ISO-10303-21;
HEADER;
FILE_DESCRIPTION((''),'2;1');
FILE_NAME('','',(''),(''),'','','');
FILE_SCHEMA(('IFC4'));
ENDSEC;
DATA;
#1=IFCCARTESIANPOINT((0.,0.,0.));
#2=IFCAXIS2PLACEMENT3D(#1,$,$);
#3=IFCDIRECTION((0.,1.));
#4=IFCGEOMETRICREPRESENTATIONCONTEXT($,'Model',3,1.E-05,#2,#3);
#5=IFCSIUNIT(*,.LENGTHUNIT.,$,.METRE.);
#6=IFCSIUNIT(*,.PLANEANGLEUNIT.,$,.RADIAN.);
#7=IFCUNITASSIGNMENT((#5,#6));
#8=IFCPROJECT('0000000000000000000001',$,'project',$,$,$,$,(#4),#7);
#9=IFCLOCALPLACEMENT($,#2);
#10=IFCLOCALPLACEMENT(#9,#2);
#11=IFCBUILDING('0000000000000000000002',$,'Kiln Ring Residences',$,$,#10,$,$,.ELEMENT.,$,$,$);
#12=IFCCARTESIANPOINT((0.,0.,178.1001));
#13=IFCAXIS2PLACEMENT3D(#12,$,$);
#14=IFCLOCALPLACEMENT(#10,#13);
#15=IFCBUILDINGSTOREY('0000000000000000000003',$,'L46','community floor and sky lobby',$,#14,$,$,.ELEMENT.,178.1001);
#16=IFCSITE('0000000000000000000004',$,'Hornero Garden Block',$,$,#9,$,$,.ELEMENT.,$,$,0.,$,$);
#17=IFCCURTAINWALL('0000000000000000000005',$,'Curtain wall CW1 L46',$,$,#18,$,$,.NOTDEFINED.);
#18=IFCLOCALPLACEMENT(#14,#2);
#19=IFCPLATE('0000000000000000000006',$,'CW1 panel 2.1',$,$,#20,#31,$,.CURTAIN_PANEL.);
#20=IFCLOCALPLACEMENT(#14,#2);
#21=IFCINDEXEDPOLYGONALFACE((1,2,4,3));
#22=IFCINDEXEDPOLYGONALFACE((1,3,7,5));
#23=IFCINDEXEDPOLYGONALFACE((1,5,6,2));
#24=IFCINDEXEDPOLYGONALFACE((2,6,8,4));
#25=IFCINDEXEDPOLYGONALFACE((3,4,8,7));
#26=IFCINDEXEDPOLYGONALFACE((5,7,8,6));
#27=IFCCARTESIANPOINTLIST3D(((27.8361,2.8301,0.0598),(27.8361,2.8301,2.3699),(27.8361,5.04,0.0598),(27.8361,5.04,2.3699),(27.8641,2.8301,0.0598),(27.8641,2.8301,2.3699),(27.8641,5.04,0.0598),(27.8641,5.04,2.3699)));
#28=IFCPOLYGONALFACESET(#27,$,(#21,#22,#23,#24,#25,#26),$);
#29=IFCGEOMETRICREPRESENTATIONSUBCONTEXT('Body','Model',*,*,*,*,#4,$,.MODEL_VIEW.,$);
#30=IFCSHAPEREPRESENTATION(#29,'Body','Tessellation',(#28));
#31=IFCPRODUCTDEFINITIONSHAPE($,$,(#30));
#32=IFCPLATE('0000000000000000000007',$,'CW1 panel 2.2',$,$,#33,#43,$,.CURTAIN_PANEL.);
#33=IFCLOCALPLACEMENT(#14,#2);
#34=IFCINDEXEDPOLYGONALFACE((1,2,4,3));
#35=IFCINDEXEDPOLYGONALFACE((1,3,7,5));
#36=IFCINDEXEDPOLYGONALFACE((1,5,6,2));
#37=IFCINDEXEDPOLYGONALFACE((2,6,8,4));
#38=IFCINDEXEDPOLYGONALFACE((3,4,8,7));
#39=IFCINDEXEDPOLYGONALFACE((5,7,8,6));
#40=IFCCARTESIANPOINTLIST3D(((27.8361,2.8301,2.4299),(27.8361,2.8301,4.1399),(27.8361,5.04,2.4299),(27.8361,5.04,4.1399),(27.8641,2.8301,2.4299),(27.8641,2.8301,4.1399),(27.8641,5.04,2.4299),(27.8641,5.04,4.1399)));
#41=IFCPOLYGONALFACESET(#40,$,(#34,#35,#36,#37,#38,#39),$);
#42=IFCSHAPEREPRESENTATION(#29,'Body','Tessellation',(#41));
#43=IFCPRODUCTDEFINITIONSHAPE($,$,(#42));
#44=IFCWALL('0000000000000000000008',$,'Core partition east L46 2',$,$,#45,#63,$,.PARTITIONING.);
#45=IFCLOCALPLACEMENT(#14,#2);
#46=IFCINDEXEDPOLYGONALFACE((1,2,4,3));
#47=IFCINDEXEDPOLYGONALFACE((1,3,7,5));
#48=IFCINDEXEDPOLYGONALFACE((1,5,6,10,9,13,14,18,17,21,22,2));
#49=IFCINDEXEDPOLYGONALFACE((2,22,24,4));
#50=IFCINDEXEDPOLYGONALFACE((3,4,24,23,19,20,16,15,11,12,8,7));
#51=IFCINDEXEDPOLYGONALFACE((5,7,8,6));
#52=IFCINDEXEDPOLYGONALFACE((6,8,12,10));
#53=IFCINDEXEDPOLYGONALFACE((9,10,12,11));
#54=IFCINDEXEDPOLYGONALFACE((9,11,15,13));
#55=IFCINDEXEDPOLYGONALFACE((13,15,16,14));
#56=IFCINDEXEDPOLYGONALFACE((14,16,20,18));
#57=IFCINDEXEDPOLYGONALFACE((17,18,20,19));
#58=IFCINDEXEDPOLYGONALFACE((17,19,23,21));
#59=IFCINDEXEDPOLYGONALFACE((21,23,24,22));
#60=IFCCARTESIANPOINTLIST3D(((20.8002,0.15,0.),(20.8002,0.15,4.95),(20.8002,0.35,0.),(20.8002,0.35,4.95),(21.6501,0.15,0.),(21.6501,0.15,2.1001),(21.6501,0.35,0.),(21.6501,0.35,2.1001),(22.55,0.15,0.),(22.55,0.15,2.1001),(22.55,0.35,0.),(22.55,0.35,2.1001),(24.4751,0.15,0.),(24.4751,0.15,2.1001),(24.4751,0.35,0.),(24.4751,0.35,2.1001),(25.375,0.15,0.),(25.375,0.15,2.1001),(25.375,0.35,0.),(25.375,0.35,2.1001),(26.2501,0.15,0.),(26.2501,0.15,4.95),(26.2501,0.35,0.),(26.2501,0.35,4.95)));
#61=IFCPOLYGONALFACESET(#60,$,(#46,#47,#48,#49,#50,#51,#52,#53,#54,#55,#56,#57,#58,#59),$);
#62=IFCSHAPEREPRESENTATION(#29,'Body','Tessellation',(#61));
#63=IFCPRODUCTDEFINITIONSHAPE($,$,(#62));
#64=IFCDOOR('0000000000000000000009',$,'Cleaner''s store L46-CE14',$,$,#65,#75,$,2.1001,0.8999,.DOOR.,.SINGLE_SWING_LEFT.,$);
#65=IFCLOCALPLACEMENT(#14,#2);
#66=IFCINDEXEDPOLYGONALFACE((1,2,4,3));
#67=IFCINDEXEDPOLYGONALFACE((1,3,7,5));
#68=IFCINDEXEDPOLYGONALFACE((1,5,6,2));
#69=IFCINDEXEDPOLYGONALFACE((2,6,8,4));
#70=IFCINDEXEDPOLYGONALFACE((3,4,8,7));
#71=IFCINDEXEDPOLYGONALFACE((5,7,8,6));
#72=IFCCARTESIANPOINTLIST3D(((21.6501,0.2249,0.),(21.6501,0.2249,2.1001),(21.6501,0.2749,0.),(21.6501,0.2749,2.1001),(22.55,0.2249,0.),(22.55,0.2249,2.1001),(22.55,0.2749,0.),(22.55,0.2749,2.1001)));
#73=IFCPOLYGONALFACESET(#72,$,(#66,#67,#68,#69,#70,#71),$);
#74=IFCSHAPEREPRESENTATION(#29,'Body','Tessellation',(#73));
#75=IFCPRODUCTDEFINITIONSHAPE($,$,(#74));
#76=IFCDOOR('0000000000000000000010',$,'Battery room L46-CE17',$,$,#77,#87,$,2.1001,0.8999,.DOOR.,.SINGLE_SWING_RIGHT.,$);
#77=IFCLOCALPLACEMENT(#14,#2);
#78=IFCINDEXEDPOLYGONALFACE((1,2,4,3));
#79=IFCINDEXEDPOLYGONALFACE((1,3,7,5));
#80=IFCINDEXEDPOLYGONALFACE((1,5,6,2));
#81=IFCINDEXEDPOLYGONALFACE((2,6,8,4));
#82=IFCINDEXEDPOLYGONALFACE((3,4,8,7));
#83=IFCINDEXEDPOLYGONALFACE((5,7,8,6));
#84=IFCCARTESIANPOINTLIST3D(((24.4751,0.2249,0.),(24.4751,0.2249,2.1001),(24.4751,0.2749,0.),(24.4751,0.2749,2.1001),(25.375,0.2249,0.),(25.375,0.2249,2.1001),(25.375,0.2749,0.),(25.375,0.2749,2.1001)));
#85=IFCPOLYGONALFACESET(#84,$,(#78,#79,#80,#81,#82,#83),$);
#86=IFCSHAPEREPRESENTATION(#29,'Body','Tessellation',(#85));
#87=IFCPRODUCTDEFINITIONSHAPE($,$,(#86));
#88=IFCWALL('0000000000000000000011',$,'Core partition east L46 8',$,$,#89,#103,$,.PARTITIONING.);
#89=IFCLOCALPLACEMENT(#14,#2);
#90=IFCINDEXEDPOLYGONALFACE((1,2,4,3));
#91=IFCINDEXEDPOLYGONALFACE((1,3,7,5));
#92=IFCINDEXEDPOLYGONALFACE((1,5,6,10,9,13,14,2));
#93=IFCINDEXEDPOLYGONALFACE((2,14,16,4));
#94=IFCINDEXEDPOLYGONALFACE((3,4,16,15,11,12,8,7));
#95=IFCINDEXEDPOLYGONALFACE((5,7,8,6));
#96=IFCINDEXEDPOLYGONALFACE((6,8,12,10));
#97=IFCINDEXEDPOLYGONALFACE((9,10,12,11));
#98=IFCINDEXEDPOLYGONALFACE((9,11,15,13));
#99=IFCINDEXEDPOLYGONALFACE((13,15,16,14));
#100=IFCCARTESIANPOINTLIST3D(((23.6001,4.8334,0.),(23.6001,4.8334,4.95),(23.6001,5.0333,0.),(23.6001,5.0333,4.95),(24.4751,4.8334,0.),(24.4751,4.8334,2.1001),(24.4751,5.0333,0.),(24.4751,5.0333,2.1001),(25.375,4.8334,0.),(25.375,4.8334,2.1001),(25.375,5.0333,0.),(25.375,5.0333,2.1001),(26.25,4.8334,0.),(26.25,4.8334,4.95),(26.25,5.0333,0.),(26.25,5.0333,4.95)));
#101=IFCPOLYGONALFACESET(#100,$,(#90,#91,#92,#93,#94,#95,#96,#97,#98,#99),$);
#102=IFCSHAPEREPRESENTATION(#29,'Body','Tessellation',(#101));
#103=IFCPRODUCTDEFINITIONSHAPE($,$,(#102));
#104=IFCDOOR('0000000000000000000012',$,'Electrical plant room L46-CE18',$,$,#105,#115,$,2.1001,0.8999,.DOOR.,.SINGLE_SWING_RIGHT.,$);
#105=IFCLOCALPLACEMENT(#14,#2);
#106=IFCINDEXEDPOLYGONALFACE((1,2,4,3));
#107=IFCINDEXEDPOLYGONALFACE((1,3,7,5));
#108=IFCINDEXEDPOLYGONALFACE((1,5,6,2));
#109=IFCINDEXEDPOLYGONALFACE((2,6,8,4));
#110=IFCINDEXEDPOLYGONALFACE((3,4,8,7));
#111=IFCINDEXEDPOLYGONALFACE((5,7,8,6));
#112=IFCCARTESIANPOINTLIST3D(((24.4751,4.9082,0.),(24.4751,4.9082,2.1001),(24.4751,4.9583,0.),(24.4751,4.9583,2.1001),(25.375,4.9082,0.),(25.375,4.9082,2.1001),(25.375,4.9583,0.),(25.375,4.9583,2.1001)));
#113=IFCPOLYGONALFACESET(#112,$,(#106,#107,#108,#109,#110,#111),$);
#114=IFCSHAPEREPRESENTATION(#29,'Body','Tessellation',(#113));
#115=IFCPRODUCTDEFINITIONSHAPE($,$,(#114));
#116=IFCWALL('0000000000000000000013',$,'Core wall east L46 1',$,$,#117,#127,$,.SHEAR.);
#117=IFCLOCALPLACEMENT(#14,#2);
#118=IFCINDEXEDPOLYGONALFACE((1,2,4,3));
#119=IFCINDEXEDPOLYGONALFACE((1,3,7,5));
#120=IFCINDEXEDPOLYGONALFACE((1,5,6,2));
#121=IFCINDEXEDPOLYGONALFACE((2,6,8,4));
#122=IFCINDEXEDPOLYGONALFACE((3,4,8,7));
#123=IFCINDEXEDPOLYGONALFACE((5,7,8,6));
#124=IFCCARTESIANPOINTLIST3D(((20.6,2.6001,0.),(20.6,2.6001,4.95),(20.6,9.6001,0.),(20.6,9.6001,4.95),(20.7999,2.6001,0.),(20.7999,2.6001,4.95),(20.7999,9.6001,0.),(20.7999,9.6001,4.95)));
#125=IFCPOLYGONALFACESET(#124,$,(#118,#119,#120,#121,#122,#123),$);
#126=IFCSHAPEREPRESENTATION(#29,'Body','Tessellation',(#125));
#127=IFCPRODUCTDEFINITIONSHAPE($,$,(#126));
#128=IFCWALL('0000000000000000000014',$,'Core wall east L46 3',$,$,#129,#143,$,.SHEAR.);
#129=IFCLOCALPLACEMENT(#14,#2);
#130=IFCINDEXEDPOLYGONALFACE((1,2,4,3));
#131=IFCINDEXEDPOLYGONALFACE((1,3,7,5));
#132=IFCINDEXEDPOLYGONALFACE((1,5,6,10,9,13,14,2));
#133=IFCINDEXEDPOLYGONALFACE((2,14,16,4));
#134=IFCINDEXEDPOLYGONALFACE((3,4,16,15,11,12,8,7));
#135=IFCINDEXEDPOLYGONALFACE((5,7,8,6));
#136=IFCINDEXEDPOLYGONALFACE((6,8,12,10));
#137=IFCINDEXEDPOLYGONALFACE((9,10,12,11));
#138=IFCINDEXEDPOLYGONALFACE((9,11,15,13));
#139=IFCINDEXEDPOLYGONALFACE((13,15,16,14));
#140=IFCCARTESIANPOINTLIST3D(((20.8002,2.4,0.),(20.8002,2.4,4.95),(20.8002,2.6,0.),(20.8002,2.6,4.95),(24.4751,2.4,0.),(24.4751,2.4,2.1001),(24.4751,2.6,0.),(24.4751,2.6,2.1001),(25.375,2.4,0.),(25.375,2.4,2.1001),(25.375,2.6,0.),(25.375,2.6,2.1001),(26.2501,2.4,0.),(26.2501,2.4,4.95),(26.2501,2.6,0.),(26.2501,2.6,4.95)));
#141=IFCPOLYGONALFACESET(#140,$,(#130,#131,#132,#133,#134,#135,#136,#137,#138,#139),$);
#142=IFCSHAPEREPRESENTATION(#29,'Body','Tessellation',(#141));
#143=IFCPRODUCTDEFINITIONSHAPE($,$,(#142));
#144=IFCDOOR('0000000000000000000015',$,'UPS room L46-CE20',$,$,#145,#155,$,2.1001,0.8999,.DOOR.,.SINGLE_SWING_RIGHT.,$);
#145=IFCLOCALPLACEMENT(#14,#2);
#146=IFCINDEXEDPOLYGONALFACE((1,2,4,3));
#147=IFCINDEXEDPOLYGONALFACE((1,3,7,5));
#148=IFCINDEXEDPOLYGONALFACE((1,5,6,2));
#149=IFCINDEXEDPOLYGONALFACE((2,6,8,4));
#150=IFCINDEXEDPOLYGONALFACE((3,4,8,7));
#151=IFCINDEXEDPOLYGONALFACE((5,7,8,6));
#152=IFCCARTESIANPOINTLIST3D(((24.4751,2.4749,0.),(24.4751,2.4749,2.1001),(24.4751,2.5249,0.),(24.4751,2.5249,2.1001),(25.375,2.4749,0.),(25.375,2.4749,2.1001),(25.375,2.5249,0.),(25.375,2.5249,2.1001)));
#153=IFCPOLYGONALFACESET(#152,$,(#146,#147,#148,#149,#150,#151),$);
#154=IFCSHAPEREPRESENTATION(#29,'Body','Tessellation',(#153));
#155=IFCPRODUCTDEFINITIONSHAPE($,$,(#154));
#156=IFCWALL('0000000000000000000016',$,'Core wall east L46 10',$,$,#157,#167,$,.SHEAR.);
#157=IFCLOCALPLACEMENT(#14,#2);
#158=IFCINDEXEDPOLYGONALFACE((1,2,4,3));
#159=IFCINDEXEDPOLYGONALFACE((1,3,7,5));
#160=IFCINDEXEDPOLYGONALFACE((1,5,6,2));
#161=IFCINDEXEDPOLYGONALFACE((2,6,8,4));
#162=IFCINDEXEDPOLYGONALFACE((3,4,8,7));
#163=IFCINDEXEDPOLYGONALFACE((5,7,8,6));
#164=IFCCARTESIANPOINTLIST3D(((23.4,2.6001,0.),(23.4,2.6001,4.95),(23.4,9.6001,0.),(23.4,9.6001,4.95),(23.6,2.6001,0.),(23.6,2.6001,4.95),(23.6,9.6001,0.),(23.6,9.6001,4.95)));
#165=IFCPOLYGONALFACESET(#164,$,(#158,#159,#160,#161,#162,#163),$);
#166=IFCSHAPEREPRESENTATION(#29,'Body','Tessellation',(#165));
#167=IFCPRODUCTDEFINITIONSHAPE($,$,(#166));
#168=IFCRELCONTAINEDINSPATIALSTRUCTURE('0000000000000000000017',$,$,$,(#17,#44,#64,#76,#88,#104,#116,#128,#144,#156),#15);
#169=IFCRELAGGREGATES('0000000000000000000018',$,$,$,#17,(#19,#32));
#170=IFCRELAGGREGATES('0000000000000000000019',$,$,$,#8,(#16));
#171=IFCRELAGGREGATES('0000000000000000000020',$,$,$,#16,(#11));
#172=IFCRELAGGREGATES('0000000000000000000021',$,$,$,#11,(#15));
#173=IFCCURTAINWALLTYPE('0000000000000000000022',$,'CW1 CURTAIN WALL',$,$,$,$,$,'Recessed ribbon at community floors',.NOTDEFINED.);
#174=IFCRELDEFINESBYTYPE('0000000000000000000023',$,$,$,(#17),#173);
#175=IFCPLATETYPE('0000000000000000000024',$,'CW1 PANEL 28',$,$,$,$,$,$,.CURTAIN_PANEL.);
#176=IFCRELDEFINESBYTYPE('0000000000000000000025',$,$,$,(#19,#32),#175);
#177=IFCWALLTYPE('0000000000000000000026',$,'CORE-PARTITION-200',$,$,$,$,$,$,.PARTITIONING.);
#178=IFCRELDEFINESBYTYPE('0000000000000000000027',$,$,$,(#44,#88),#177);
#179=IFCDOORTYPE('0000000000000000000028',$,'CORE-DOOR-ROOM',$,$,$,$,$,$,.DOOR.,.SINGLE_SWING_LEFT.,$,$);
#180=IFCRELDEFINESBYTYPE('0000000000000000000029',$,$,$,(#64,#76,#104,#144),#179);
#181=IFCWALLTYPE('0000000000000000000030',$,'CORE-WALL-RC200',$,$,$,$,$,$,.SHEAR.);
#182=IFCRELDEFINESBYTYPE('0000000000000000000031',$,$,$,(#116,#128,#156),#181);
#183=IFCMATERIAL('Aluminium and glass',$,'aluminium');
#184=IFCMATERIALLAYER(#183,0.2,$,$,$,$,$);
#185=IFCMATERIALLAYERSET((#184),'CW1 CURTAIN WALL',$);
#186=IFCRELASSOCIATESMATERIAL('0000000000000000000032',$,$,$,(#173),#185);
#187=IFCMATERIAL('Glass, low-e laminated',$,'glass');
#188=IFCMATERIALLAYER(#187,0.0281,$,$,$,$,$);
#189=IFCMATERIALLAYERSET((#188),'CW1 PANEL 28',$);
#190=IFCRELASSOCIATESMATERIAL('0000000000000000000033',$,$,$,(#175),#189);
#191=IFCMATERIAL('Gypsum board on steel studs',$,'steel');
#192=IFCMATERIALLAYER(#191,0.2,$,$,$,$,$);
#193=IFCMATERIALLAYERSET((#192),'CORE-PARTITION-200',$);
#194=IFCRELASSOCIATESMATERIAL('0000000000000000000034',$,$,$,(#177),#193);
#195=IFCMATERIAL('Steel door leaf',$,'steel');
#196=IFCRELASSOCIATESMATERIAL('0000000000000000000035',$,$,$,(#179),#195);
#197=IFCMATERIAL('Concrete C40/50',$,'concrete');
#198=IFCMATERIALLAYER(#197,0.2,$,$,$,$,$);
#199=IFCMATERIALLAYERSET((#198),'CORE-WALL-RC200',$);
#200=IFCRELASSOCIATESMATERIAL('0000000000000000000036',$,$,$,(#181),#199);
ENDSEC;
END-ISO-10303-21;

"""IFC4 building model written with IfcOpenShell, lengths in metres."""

from ifc_helpers import new_model, si_unit, direction, frame, frame_2d, origin, origin_2d, place, context, subcontext, project, spatial, rectangle, extrude, material, layer, layer_set, type_object, element, fill, aggregate, save


model = new_model("IFC4")

# Units and contexts
model_context = context("Model", 3, precision=1e-05, world=origin(), true_north=direction((0.0, 1.0)))
body_context = subcontext(model_context, "Body", "Model", "MODEL_VIEW")
ifc_project = project(units=[si_unit("LENGTHUNIT", "METRE"), si_unit("PLANEANGLEUNIT", "RADIAN")], contexts=[model_context])

# Site, building, storey
site_placement = place(None, origin())
site = spatial("IfcSite", under=ifc_project, at=site_placement, Name="Hornero Garden Block", CompositionType="ELEMENT", RefElevation=0.0)
building_placement = place(site_placement, origin())
building = spatial("IfcBuilding", under=site, at=building_placement, Name="Kiln Ring Residences", CompositionType="ELEMENT")
storey_placement = place(building_placement, frame((0.0, 0.0, 178.1001)))
storey = spatial("IfcBuildingStorey", under=building, at=storey_placement, Name="L46", Description="community floor and sky lobby", CompositionType="ELEMENT", Elevation=178.1001)

# Curtain wall
ifc_material_1 = material(Name="Aluminium and glass", Category="aluminium")
ifc_layer_1 = layer(ifc_material_1, 0.2)
ifc_layer_set_1 = layer_set([ifc_layer_1], Name="CW1 CURTAIN WALL")
curtain_wall_type = type_object("IfcCurtainWallType", Name="CW1 CURTAIN WALL", ElementType="Recessed ribbon at community floors", PredefinedType="NOTDEFINED", material=ifc_layer_set_1)
placement = place(storey_placement, origin())
curtain_wall = element("IfcCurtainWall", 1, at=placement, inside=storey, type_object=curtain_wall_type, Name="Curtain wall CW1 L46", PredefinedType="NOTDEFINED")

# Plates
ifc_material_2 = material(Name="Glass, low-e laminated", Category="glass")
ifc_layer_2 = layer(ifc_material_2, 0.0281)
ifc_layer_set_2 = layer_set([ifc_layer_2], Name="CW1 PANEL 28")
plate_type = type_object("IfcPlateType", Name="CW1 PANEL 28", PredefinedType="CURTAIN_PANEL", material=ifc_layer_set_2)
plate_1_placement = place(storey_placement, frame((27.8501, 3.9351, 0.0598), z_axis=(0.0, 0.0, 1.0), x_axis=(0.0, 1.0, 0.0)))
plate_1 = element("IfcPlate", 2, at=plate_1_placement, type_object=plate_type, Name="CW1 panel 2.1", PredefinedType="CURTAIN_PANEL", context=body_context, shape_type="SweptSolid", body=[
    extrude(rectangle(XDim=2.21, YDim=0.0281, at=origin_2d()), origin(), (0.0, 0.0, 1.0), 2.3101),
])
plate_2_placement = place(storey_placement, frame((27.8501, 3.9351, 2.4299), z_axis=(0.0, 0.0, 1.0), x_axis=(0.0, 1.0, 0.0)))
plate_2 = element("IfcPlate", 3, at=plate_2_placement, type_object=plate_type, Name="CW1 panel 2.2", PredefinedType="CURTAIN_PANEL", context=body_context, shape_type="SweptSolid", body=[
    extrude(rectangle(XDim=2.21, YDim=0.0281, at=origin_2d()), origin(), (0.0, 0.0, 1.0), 1.71),
])
aggregate(curtain_wall, [plate_1, plate_2])

# Wall, openings, doors
ifc_material_3 = material(Name="Gypsum board on steel studs", Category="steel")
ifc_layer_3 = layer(ifc_material_3, 0.2)
ifc_layer_set_3 = layer_set([ifc_layer_3], Name="CORE-PARTITION-200")
wall_type_1 = type_object("IfcWallType", Name="CORE-PARTITION-200", PredefinedType="PARTITIONING", material=ifc_layer_set_3)
wall_1_placement = place(storey_placement, frame((20.8, 0.25, 0.0), z_axis=(0.0, 0.0, 1.0), x_axis=(1.0, 0.0, 0.0)))
wall_1 = element("IfcWall", 4, at=wall_1_placement, inside=storey, type_object=wall_type_1, Name="Core partition east L46 2", PredefinedType="PARTITIONING", context=body_context, shape_type="SweptSolid", body=[
    extrude(rectangle(XDim=5.45, YDim=0.2, at=frame_2d((2.7251, 0.0))), origin(), (0.0, 0.0, 1.0), 4.95),
])
opening_1_placement = place(wall_1_placement, frame((0.8501, 0.0, 0.0)))
opening_1 = element("IfcOpeningElement", 5, at=opening_1_placement, cuts=wall_1, PredefinedType="OPENING", context=body_context, shape_type="SweptSolid", body=[
    extrude(rectangle(XDim=0.8999, YDim=2.1001, at=frame_2d((0.45, 1.05))), frame((0.0, 0.1099, 0.0), z_axis=(0.0, -1.0, 0.0), x_axis=(1.0, 0.0, 0.0)), (0.0, 0.0, 1.0), 0.22),
])
opening_2_placement = place(wall_1_placement, frame((3.675, 0.0, 0.0)))
opening_2 = element("IfcOpeningElement", 6, at=opening_2_placement, cuts=wall_1, PredefinedType="OPENING", context=body_context, shape_type="SweptSolid", body=[
    extrude(rectangle(XDim=0.8999, YDim=2.1001, at=frame_2d((0.45, 1.05))), frame((0.0, 0.1099, 0.0), z_axis=(0.0, -1.0, 0.0), x_axis=(1.0, 0.0, 0.0)), (0.0, 0.0, 1.0), 0.22),
])
ifc_material_4 = material(Name="Steel door leaf", Category="steel")
door_type = type_object("IfcDoorType", Name="CORE-DOOR-ROOM", OperationType="SINGLE_SWING_LEFT", PredefinedType="DOOR", material=ifc_material_4)
door_1_placement = place(opening_1_placement, origin())
door_1 = element("IfcDoor", 7, at=door_1_placement, inside=storey, type_object=door_type, Name="Cleaner's store L46-CE14", OperationType="SINGLE_SWING_LEFT", OverallHeight=2.1001, OverallWidth=0.8999, PredefinedType="DOOR", context=body_context, shape_type="SweptSolid", body=[
    extrude(rectangle(XDim=0.8999, YDim=2.1001, at=frame_2d((0.45, 1.05))), frame((0.0, 0.0249, 0.0), z_axis=(0.0, -1.0, 0.0), x_axis=(1.0, 0.0, 0.0)), (0.0, 0.0, 1.0), 0.05),
])
fill(opening_1, door_1)
door_2_placement = place(opening_2_placement, origin())
door_2 = element("IfcDoor", 8, at=door_2_placement, inside=storey, type_object=door_type, Name="Battery room L46-CE17", OperationType="SINGLE_SWING_RIGHT", OverallHeight=2.1001, OverallWidth=0.8999, PredefinedType="DOOR", context=body_context, shape_type="SweptSolid", body=[
    extrude(rectangle(XDim=0.8999, YDim=2.1001, at=frame_2d((0.45, 1.05))), frame((0.0, 0.0249, 0.0), z_axis=(0.0, -1.0, 0.0), x_axis=(1.0, 0.0, 0.0)), (0.0, 0.0, 1.0), 0.05),
])
fill(opening_2, door_2)

# Wall, opening, door
wall_2_placement = place(storey_placement, frame((23.6001, 4.9333, 0.0), z_axis=(0.0, 0.0, 1.0), x_axis=(1.0, 0.0, 0.0)))
wall_2 = element("IfcWall", 9, at=wall_2_placement, inside=storey, type_object=wall_type_1, Name="Core partition east L46 8", PredefinedType="PARTITIONING", context=body_context, shape_type="SweptSolid", body=[
    extrude(rectangle(XDim=2.6499, YDim=0.2, at=frame_2d((1.325, 0.0))), origin(), (0.0, 0.0, 1.0), 4.95),
])
opening_3_placement = place(wall_2_placement, frame((0.875, 0.0, 0.0)))
opening_3 = element("IfcOpeningElement", 10, at=opening_3_placement, cuts=wall_2, PredefinedType="OPENING", context=body_context, shape_type="SweptSolid", body=[
    extrude(rectangle(XDim=0.8999, YDim=2.1001, at=frame_2d((0.45, 1.05))), frame((0.0, 0.1099, 0.0), z_axis=(0.0, -1.0, 0.0), x_axis=(1.0, 0.0, 0.0)), (0.0, 0.0, 1.0), 0.22),
])
door_3_placement = place(opening_3_placement, origin())
door_3 = element("IfcDoor", 11, at=door_3_placement, inside=storey, type_object=door_type, Name="Electrical plant room L46-CE18", OperationType="SINGLE_SWING_RIGHT", OverallHeight=2.1001, OverallWidth=0.8999, PredefinedType="DOOR", context=body_context, shape_type="SweptSolid", body=[
    extrude(rectangle(XDim=0.8999, YDim=2.1001, at=frame_2d((0.45, 1.05))), frame((0.0, 0.0249, 0.0), z_axis=(0.0, -1.0, 0.0), x_axis=(1.0, 0.0, 0.0)), (0.0, 0.0, 1.0), 0.05),
])
fill(opening_3, door_3)

# Wall
ifc_material_5 = material(Name="Concrete C40/50", Category="concrete")
ifc_layer_4 = layer(ifc_material_5, 0.2)
ifc_layer_set_4 = layer_set([ifc_layer_4], Name="CORE-WALL-RC200")
wall_type_2 = type_object("IfcWallType", Name="CORE-WALL-RC200", PredefinedType="SHEAR", material=ifc_layer_set_4)
wall_3_placement = place(storey_placement, frame((20.7, 2.6001, 0.0), z_axis=(0.0, 0.0, 1.0), x_axis=(0.0, 1.0, 0.0)))
element("IfcWall", 12, at=wall_3_placement, inside=storey, type_object=wall_type_2, Name="Core wall east L46 1", PredefinedType="SHEAR", context=body_context, shape_type="SweptSolid", body=[
    extrude(rectangle(XDim=7.0, YDim=0.2, at=frame_2d((3.5, 0.0))), origin(), (0.0, 0.0, 1.0), 4.95),
])

# Wall, opening, door
wall_4_placement = place(storey_placement, frame((20.8, 2.5, 0.0), z_axis=(0.0, 0.0, 1.0), x_axis=(1.0, 0.0, 0.0)))
wall_4 = element("IfcWall", 13, at=wall_4_placement, inside=storey, type_object=wall_type_2, Name="Core wall east L46 3", PredefinedType="SHEAR", context=body_context, shape_type="SweptSolid", body=[
    extrude(rectangle(XDim=5.45, YDim=0.2, at=frame_2d((2.7251, 0.0))), origin(), (0.0, 0.0, 1.0), 4.95),
])
opening_4_placement = place(wall_4_placement, frame((3.675, 0.0, 0.0)))
opening_4 = element("IfcOpeningElement", 14, at=opening_4_placement, cuts=wall_4, PredefinedType="OPENING", context=body_context, shape_type="SweptSolid", body=[
    extrude(rectangle(XDim=0.8999, YDim=2.1001, at=frame_2d((0.45, 1.05))), frame((0.0, 0.1099, 0.0), z_axis=(0.0, -1.0, 0.0), x_axis=(1.0, 0.0, 0.0)), (0.0, 0.0, 1.0), 0.22),
])
door_4_placement = place(opening_4_placement, origin())
door_4 = element("IfcDoor", 15, at=door_4_placement, inside=storey, type_object=door_type, Name="UPS room L46-CE20", OperationType="SINGLE_SWING_RIGHT", OverallHeight=2.1001, OverallWidth=0.8999, PredefinedType="DOOR", context=body_context, shape_type="SweptSolid", body=[
    extrude(rectangle(XDim=0.8999, YDim=2.1001, at=frame_2d((0.45, 1.05))), frame((0.0, 0.0249, 0.0), z_axis=(0.0, -1.0, 0.0), x_axis=(1.0, 0.0, 0.0)), (0.0, 0.0, 1.0), 0.05),
])
fill(opening_4, door_4)

# Wall
wall_5_placement = place(storey_placement, frame((23.5, 2.6001, 0.0), z_axis=(0.0, 0.0, 1.0), x_axis=(0.0, 1.0, 0.0)))
element("IfcWall", 16, at=wall_5_placement, inside=storey, type_object=wall_type_2, Name="Core wall east L46 10", PredefinedType="SHEAR", context=body_context, shape_type="SweptSolid", body=[
    extrude(rectangle(XDim=7.0, YDim=0.2, at=frame_2d((3.5, 0.0))), origin(), (0.0, 0.0, 1.0), 4.95),
])

save(model, "model.ifc")
